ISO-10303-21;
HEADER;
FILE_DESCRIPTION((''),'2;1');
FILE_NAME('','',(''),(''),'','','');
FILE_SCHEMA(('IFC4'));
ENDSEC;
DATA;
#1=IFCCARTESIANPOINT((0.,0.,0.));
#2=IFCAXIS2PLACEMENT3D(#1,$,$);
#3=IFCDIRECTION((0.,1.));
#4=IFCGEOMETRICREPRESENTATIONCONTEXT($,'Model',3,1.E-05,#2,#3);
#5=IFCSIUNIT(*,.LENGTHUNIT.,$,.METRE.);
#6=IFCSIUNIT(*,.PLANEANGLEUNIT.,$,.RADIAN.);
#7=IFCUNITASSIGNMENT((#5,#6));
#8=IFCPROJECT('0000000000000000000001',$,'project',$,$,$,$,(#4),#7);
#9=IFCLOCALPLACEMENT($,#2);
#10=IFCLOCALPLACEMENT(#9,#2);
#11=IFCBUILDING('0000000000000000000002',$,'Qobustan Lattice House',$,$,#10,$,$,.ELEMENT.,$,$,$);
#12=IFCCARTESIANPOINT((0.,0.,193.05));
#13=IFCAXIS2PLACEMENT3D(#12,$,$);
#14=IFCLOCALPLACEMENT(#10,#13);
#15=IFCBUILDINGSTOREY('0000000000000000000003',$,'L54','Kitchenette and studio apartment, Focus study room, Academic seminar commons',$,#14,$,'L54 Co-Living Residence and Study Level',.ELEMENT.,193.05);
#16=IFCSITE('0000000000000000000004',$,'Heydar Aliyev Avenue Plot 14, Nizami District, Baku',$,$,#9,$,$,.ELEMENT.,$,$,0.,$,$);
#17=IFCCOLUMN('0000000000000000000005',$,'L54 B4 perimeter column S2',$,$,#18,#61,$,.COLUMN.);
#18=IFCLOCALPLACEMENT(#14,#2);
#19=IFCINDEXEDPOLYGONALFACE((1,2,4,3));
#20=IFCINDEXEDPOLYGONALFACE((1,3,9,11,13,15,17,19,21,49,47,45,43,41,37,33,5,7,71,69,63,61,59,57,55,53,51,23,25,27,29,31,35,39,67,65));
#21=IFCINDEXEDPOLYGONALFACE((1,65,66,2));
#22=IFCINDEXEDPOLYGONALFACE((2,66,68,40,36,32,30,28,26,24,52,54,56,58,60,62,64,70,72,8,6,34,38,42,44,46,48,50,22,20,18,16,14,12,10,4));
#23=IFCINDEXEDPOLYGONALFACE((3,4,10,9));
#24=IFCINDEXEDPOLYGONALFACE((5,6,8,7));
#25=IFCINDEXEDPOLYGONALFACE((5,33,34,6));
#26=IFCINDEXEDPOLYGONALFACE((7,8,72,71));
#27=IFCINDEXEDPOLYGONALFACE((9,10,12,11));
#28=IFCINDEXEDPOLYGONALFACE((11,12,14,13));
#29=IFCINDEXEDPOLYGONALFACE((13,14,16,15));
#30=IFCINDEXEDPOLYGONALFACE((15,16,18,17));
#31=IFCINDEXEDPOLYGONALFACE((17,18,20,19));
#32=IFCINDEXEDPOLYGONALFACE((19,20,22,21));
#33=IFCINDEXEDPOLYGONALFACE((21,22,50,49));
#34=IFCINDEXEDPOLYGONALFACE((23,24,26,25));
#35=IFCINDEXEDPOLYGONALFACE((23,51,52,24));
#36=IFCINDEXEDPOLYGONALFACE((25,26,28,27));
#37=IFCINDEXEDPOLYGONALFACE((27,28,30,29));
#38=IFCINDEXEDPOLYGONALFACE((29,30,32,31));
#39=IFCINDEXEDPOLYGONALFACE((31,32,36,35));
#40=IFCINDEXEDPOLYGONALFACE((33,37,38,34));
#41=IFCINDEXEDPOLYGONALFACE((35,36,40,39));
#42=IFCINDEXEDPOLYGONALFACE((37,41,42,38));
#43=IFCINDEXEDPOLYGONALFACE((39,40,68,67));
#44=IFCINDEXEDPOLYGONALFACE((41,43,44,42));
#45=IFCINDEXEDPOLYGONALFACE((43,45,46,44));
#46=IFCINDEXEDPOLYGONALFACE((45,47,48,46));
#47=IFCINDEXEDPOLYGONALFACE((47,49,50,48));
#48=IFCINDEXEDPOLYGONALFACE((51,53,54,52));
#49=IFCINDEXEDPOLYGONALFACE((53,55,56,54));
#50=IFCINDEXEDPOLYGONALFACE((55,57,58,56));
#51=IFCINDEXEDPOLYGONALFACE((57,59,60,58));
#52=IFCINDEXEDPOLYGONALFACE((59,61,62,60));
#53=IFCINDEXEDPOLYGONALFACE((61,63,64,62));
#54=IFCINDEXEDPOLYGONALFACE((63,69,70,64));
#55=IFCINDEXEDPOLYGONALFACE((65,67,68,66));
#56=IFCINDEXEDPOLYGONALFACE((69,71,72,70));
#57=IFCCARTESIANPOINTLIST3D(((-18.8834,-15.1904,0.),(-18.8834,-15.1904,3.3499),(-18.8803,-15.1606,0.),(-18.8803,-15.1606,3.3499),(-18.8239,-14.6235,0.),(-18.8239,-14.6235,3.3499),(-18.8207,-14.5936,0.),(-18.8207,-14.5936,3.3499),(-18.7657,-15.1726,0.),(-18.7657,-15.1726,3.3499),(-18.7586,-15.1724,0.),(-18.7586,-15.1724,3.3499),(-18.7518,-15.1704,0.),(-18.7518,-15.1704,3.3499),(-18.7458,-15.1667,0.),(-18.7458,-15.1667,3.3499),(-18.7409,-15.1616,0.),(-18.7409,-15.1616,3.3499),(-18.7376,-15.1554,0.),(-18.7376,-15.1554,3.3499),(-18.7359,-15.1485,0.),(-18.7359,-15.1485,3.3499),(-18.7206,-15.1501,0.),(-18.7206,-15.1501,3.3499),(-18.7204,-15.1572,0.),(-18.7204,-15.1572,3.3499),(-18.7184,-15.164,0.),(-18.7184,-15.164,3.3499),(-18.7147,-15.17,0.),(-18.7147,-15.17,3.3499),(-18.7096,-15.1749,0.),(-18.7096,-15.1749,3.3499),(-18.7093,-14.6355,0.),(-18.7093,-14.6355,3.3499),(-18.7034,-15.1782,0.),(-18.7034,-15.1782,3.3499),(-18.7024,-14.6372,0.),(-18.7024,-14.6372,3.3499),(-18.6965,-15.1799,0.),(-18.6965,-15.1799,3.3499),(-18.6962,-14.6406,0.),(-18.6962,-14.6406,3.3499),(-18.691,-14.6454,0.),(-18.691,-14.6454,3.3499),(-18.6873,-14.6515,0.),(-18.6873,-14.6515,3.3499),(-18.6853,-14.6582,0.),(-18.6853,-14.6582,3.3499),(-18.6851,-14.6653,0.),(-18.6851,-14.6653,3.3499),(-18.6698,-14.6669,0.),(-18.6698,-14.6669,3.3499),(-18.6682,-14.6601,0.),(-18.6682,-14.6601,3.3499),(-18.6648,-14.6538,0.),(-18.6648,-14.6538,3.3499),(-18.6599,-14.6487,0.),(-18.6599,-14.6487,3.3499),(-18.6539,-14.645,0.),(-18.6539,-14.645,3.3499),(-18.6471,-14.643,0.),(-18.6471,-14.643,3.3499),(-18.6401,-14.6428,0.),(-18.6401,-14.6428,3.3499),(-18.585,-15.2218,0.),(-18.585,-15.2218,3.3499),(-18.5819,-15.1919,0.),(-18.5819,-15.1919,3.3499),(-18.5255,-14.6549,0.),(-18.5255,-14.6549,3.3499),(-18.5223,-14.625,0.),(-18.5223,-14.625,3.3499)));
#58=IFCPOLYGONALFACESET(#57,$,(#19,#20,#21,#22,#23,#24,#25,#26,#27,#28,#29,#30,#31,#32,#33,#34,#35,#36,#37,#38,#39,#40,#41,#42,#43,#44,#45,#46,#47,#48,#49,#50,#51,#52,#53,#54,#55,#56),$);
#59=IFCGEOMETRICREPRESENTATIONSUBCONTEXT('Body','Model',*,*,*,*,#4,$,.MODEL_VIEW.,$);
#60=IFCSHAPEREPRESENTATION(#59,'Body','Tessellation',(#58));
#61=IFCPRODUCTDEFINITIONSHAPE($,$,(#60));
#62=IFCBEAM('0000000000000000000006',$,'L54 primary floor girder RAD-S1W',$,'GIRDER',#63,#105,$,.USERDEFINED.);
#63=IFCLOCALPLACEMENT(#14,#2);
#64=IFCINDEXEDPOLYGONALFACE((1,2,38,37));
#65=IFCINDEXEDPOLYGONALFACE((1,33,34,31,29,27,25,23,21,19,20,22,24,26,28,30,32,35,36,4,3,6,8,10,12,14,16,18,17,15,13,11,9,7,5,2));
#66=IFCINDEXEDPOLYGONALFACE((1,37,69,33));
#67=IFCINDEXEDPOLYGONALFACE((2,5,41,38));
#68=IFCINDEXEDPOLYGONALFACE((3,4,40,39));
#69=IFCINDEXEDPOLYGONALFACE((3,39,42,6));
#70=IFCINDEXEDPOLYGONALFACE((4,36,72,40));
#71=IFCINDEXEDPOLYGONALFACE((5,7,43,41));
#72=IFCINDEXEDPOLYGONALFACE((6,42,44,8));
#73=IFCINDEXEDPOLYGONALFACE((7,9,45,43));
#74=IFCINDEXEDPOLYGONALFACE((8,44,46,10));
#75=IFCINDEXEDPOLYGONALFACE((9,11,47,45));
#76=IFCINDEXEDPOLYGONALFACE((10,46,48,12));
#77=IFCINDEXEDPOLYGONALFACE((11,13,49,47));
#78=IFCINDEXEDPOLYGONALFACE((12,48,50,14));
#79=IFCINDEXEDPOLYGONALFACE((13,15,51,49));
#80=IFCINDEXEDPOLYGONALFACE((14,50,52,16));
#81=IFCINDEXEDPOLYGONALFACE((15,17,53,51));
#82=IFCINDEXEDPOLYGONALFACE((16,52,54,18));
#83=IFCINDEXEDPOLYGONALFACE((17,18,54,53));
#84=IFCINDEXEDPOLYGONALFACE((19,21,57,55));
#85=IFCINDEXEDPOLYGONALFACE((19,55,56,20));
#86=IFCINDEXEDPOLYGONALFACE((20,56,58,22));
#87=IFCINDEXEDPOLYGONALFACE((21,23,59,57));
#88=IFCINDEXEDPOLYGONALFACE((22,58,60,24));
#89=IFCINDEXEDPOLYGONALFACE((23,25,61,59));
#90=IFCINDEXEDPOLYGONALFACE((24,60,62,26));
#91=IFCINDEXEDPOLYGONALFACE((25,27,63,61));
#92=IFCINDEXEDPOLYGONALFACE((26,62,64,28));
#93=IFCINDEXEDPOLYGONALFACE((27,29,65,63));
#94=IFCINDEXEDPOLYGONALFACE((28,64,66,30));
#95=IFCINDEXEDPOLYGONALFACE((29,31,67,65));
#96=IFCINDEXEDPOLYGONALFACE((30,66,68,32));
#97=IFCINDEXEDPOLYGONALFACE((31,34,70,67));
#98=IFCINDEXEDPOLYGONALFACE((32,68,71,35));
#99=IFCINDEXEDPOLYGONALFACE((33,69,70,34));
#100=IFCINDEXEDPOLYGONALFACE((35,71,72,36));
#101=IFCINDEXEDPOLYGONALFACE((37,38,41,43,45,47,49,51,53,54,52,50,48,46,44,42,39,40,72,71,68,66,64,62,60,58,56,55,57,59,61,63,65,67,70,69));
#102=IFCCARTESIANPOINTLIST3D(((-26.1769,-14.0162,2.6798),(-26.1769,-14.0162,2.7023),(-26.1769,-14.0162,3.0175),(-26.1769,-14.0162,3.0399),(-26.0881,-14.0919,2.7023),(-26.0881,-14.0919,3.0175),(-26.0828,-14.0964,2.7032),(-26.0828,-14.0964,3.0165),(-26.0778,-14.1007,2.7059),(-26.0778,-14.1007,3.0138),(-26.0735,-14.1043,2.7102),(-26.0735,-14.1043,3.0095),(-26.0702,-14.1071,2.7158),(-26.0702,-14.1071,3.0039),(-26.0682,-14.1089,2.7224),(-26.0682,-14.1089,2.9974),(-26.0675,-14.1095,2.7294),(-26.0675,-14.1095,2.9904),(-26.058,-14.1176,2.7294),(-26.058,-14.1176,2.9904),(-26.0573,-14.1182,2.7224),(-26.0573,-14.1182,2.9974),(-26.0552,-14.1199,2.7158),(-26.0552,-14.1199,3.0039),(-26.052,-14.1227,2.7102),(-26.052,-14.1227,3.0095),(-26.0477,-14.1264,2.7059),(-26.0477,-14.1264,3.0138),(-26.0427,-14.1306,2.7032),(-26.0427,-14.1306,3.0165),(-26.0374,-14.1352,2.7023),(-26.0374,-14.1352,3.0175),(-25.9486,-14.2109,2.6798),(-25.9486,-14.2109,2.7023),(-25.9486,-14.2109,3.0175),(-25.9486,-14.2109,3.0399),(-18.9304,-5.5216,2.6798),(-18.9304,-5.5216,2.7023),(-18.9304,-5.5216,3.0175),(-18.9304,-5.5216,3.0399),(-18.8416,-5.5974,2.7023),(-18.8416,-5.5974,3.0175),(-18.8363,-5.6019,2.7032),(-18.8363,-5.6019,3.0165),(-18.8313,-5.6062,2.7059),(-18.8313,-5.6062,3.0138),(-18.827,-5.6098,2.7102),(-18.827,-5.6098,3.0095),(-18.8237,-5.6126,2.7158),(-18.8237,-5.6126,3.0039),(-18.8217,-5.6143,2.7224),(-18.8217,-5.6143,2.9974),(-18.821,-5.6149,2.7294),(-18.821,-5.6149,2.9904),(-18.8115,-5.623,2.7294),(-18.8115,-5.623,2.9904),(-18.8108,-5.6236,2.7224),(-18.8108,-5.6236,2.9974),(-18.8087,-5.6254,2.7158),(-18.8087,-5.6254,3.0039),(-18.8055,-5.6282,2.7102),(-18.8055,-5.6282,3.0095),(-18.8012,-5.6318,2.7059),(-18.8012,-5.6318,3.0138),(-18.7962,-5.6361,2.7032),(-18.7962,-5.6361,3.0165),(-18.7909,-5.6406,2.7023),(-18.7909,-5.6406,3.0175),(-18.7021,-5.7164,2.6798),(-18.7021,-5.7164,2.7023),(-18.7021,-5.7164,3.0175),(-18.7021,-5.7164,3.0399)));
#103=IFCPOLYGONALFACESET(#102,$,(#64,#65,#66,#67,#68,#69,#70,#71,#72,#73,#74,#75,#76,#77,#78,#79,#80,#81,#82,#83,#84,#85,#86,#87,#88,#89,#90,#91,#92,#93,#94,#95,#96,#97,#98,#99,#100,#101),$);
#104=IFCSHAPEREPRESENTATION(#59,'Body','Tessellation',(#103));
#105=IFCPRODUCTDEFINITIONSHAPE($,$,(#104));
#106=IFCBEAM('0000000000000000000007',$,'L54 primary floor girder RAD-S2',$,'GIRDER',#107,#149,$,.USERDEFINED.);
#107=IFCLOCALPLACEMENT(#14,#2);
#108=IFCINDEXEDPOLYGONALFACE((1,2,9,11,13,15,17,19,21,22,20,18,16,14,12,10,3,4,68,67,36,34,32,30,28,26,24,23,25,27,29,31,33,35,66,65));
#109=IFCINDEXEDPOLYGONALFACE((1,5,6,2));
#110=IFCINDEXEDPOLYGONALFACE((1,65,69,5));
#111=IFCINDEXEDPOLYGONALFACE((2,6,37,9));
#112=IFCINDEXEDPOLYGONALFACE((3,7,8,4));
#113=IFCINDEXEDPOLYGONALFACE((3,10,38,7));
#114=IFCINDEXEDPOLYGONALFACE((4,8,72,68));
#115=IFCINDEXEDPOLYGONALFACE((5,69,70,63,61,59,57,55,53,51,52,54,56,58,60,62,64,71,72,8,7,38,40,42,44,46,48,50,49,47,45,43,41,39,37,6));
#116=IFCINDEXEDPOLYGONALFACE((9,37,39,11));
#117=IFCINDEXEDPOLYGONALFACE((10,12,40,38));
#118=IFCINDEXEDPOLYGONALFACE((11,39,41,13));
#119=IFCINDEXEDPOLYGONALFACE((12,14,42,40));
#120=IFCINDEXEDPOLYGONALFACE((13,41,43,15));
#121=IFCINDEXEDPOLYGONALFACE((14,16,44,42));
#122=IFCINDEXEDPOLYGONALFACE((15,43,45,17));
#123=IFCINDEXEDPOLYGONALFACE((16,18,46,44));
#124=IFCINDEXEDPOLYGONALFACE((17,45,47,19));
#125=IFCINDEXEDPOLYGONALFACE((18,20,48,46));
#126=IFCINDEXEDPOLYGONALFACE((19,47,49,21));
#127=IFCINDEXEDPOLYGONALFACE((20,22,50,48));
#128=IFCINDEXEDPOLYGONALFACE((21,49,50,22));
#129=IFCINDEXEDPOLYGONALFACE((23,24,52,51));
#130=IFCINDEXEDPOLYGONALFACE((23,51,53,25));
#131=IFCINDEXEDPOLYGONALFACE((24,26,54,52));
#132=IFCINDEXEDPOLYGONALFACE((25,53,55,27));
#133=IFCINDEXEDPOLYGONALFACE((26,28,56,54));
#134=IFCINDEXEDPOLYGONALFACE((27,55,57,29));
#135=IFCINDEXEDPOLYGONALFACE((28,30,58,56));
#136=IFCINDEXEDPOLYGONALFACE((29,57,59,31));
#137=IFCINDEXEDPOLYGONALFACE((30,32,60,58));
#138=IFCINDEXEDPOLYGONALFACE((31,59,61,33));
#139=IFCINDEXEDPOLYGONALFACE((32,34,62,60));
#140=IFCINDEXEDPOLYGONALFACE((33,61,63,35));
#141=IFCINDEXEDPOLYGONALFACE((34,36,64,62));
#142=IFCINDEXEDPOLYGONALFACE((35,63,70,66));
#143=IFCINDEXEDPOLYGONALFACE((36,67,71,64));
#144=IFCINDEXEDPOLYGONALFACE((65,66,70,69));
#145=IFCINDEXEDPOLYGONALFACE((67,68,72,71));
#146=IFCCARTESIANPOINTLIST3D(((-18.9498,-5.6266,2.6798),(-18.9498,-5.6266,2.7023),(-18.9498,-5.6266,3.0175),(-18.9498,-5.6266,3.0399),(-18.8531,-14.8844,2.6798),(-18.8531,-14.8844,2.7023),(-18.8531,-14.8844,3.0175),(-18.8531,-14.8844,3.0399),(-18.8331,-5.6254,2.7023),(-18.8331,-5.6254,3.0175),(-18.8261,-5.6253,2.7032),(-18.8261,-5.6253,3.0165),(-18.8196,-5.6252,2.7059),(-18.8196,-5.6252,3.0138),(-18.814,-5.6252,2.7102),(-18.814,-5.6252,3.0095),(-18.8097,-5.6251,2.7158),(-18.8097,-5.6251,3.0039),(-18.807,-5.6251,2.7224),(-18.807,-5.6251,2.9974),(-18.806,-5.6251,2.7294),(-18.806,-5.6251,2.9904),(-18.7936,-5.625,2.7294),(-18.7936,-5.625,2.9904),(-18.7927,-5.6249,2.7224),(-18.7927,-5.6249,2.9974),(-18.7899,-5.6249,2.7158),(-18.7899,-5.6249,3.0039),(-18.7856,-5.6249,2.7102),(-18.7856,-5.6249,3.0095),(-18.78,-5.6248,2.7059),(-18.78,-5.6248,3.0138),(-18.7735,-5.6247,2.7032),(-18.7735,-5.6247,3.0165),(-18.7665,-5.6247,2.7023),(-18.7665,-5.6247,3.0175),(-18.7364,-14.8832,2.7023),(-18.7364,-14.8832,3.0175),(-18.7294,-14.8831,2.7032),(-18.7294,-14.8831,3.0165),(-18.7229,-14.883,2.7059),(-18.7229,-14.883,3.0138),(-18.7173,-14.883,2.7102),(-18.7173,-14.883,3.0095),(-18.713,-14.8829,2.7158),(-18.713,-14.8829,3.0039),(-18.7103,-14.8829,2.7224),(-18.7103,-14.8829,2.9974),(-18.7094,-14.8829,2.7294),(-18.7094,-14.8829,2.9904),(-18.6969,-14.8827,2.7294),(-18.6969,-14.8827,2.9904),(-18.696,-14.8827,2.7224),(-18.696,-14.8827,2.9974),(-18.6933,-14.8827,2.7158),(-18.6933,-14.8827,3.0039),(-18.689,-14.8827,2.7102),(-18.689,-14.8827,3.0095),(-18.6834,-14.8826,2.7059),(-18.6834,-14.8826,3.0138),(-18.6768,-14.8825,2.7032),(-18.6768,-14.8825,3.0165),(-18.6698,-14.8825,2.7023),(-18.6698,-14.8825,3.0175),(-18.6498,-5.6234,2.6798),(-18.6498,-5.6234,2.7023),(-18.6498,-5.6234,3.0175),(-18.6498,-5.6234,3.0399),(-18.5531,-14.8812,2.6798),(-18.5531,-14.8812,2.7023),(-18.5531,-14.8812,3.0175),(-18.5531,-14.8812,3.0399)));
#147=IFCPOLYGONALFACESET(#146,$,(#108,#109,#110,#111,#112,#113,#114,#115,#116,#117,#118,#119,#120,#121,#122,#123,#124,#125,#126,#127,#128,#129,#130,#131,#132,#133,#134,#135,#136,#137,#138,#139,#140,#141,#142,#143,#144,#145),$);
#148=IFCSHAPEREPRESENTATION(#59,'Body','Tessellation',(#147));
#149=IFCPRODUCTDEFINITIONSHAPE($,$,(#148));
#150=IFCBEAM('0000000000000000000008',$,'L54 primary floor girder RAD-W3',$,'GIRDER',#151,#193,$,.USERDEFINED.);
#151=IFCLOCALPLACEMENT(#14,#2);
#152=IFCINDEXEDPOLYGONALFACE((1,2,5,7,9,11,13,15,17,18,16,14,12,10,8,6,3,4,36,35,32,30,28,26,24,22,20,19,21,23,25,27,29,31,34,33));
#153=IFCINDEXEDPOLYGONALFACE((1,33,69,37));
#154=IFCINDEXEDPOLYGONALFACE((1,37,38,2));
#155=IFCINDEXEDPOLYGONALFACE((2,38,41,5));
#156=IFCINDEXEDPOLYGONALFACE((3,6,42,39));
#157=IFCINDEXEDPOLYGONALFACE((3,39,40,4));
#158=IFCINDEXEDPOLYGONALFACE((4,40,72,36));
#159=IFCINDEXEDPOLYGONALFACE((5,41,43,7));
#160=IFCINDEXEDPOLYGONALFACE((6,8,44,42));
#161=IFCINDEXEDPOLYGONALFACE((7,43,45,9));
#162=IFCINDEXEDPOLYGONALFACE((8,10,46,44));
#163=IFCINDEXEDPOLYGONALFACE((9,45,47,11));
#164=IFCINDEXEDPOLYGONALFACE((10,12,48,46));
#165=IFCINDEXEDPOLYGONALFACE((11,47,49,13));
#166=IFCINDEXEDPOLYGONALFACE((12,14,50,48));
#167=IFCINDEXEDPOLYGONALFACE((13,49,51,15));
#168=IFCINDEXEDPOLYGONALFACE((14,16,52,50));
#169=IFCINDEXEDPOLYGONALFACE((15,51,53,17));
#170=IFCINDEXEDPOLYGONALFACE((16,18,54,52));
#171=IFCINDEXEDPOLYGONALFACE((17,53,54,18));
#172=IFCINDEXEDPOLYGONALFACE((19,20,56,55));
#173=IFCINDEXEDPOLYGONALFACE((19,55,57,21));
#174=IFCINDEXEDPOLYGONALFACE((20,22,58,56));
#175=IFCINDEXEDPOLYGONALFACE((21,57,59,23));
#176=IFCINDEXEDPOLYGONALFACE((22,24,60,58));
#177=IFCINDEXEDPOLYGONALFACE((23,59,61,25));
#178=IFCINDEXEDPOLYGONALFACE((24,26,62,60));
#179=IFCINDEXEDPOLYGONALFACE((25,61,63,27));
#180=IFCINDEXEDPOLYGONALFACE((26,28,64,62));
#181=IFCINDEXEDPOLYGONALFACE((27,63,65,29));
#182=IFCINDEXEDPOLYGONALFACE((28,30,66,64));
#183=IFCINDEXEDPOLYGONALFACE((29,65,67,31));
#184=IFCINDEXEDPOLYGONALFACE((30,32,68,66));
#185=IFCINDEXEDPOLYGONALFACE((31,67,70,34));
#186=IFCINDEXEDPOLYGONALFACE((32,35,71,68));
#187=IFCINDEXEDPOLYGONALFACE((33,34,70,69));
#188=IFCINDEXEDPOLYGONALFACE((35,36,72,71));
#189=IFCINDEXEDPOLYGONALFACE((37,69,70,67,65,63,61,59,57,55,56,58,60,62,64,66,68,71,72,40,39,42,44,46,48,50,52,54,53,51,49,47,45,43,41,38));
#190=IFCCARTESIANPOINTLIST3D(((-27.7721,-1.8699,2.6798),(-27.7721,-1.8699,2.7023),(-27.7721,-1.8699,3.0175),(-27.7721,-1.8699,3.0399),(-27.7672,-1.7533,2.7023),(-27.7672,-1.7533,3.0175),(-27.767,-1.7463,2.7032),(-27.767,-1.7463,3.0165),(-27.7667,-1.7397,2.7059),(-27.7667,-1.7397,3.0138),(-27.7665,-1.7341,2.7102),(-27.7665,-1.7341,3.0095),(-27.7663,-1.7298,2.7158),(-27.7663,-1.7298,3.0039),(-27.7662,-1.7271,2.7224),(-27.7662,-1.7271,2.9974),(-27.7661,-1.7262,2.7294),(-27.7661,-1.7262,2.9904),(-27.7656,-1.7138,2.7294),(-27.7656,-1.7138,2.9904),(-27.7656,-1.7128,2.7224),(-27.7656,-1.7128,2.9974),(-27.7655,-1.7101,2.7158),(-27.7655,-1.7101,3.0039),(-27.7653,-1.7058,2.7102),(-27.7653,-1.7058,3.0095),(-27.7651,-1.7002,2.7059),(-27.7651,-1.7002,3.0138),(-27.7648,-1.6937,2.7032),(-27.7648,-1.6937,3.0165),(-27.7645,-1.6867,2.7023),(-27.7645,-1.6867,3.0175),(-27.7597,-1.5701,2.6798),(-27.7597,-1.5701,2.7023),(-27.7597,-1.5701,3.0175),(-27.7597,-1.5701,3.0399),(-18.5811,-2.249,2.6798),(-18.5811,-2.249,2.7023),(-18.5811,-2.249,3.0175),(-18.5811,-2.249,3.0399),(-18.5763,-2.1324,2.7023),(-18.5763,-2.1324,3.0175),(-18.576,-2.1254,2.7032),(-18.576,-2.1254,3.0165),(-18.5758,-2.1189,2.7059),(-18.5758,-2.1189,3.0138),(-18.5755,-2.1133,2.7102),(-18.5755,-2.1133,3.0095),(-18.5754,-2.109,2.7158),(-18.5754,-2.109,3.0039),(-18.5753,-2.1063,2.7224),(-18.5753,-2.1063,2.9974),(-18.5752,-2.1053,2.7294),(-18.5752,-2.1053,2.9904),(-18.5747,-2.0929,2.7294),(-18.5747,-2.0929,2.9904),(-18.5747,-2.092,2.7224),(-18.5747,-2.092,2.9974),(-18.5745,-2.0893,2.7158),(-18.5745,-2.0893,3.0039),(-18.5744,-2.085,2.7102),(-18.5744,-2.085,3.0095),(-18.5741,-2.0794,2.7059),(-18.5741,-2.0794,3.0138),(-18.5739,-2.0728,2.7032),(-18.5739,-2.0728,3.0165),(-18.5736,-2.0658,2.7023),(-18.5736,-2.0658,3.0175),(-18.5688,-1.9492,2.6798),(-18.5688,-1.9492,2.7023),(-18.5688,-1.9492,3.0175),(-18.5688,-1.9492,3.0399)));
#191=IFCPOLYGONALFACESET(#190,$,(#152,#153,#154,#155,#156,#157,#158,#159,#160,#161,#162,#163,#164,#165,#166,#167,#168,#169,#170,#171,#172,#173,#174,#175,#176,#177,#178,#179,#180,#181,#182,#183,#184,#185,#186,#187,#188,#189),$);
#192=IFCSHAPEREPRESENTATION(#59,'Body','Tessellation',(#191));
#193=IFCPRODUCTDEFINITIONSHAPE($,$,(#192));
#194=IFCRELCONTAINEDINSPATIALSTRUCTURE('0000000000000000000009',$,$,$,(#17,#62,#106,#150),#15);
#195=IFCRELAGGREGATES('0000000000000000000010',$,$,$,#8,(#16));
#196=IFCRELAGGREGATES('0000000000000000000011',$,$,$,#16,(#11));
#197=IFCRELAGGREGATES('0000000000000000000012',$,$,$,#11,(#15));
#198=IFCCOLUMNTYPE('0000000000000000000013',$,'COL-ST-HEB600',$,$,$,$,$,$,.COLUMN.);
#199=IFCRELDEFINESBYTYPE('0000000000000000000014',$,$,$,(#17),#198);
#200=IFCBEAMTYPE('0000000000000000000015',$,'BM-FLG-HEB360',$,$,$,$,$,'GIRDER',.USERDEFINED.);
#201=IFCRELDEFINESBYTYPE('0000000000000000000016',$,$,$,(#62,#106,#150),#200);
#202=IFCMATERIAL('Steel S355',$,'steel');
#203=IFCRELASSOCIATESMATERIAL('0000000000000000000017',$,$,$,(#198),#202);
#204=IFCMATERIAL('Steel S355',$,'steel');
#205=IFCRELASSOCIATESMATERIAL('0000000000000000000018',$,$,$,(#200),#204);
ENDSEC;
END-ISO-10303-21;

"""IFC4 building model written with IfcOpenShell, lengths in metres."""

from ifc_helpers import new_model, si_unit, direction, frame, origin, origin_2d, place, context, subcontext, project, spatial, i_section, extrude, material, material_profile, profile_set, type_object, element, save


model = new_model("IFC4")

# Units and contexts
model_context = context("Model", 3, precision=1e-05, world=origin(), true_north=direction((0.0, 1.0)))
body_context = subcontext(model_context, "Body", "Model", "MODEL_VIEW")
ifc_project = project(units=[si_unit("LENGTHUNIT", "METRE"), si_unit("PLANEANGLEUNIT", "RADIAN")], contexts=[model_context])

# Site, building, storey
site_placement = place(None, origin())
site = spatial("IfcSite", under=ifc_project, at=site_placement, Name="Heydar Aliyev Avenue Plot 14, Nizami District, Baku", CompositionType="ELEMENT", RefElevation=0.0)
building_placement = place(site_placement, origin())
building = spatial("IfcBuilding", under=site, at=building_placement, Name="Qobustan Lattice House", CompositionType="ELEMENT")
storey_placement = place(building_placement, frame((0.0, 0.0, 193.05)))
storey = spatial("IfcBuildingStorey", under=building, at=storey_placement, Name="L54", Description="Kitchenette and studio apartment, Focus study room, Academic seminar commons", LongName="L54 Co-Living Residence and Study Level", CompositionType="ELEMENT", Elevation=193.05)

# Column
ifc_material_1 = material(Name="Steel S355", Category="steel")
ifc_material_profile_1 = material_profile(ifc_material_1, i_section(OverallWidth=0.3, OverallDepth=0.6001, WebThickness=0.0154, FlangeThickness=0.03, FilletRadius=0.0271, at=origin_2d()), Name="HEB600")
ifc_profile_set_1 = profile_set([ifc_material_profile_1], Name="Steel S355")
column_type_1 = type_object("IfcColumnType", Name="COL-ST-HEB600", PredefinedType="COLUMN", material=ifc_profile_set_1)
for number, where, z_axis, x_axis, name in (
    (1, (-18.7029, -14.9077, 0.0), (0.0, 0.0, 1.0), (0.994522, -0.104528, 0.0), "L54 B4 perimeter column S2"),
):
    element("IfcColumn", number, at=place(storey_placement, frame(where, z_axis=z_axis, x_axis=x_axis)), inside=storey, type_object=column_type_1, Name=name, PredefinedType="COLUMN", context=body_context, shape_type="SweptSolid", body=[
        extrude(i_section(OverallWidth=0.3, OverallDepth=0.6001, WebThickness=0.0154, FlangeThickness=0.03, FilletRadius=0.0271, at=origin_2d()), origin(), (0.0, 0.0, 1.0), 3.3499),
    ])

# Beams
ifc_material_2 = material(Name="Steel S355", Category="steel")
ifc_material_profile_2 = material_profile(ifc_material_2, i_section(OverallWidth=0.3, OverallDepth=0.3601, WebThickness=0.0125, FlangeThickness=0.0225, FilletRadius=0.0271, at=origin_2d()), Name="HEB360")
ifc_profile_set_2 = profile_set([ifc_material_profile_2], Name="Steel S355")
beam_type_1 = type_object("IfcBeamType", Name="BM-FLG-HEB360", ElementType="GIRDER", PredefinedType="USERDEFINED", material=ifc_profile_set_2)
beam_1_placement = place(storey_placement, frame((-26.0627, -14.1135, 2.8599), z_axis=(0.649007, 0.760783, 0.0), x_axis=(-0.760783, 0.649007, 0.0)))
element("IfcBeam", 2, at=beam_1_placement, inside=storey, type_object=beam_type_1, Name="L54 primary floor girder RAD-S1W", ObjectType="GIRDER", PredefinedType="USERDEFINED", context=body_context, shape_type="SweptSolid", body=[
    extrude(i_section(OverallWidth=0.3, OverallDepth=0.3601, WebThickness=0.0125, FlangeThickness=0.0225, FilletRadius=0.0271, at=origin_2d()), origin(), (0.0, 0.0, 1.0), 11.1655),
])
beam_2_placement = place(storey_placement, frame((-18.7031, -14.8828, 2.8599), z_axis=(-0.010442, 0.999945, 0.0), x_axis=(-0.999945, -0.010442, 0.0)))
element("IfcBeam", 3, at=beam_2_placement, inside=storey, type_object=beam_type_1, Name="L54 primary floor girder RAD-S2", ObjectType="GIRDER", PredefinedType="USERDEFINED", context=body_context, shape_type="SweptSolid", body=[
    extrude(i_section(OverallWidth=0.3, OverallDepth=0.3601, WebThickness=0.0125, FlangeThickness=0.0225, FilletRadius=0.0271, at=origin_2d()), origin(), (0.0, 0.0, 1.0), 9.2583),
])
beam_3_placement = place(storey_placement, frame((-27.7659, -1.72, 2.8599), z_axis=(0.99915, -0.041218, 0.0), x_axis=(0.041218, 0.99915, 0.0)))
element("IfcBeam", 4, at=beam_3_placement, inside=storey, type_object=beam_type_1, Name="L54 primary floor girder RAD-W3", ObjectType="GIRDER", PredefinedType="USERDEFINED", context=body_context, shape_type="SweptSolid", body=[
    extrude(i_section(OverallWidth=0.3, OverallDepth=0.3601, WebThickness=0.0125, FlangeThickness=0.0225, FilletRadius=0.0271, at=origin_2d()), origin(), (0.0, 0.0, 1.0), 9.1987),
])

save(model, "model.ifc")
